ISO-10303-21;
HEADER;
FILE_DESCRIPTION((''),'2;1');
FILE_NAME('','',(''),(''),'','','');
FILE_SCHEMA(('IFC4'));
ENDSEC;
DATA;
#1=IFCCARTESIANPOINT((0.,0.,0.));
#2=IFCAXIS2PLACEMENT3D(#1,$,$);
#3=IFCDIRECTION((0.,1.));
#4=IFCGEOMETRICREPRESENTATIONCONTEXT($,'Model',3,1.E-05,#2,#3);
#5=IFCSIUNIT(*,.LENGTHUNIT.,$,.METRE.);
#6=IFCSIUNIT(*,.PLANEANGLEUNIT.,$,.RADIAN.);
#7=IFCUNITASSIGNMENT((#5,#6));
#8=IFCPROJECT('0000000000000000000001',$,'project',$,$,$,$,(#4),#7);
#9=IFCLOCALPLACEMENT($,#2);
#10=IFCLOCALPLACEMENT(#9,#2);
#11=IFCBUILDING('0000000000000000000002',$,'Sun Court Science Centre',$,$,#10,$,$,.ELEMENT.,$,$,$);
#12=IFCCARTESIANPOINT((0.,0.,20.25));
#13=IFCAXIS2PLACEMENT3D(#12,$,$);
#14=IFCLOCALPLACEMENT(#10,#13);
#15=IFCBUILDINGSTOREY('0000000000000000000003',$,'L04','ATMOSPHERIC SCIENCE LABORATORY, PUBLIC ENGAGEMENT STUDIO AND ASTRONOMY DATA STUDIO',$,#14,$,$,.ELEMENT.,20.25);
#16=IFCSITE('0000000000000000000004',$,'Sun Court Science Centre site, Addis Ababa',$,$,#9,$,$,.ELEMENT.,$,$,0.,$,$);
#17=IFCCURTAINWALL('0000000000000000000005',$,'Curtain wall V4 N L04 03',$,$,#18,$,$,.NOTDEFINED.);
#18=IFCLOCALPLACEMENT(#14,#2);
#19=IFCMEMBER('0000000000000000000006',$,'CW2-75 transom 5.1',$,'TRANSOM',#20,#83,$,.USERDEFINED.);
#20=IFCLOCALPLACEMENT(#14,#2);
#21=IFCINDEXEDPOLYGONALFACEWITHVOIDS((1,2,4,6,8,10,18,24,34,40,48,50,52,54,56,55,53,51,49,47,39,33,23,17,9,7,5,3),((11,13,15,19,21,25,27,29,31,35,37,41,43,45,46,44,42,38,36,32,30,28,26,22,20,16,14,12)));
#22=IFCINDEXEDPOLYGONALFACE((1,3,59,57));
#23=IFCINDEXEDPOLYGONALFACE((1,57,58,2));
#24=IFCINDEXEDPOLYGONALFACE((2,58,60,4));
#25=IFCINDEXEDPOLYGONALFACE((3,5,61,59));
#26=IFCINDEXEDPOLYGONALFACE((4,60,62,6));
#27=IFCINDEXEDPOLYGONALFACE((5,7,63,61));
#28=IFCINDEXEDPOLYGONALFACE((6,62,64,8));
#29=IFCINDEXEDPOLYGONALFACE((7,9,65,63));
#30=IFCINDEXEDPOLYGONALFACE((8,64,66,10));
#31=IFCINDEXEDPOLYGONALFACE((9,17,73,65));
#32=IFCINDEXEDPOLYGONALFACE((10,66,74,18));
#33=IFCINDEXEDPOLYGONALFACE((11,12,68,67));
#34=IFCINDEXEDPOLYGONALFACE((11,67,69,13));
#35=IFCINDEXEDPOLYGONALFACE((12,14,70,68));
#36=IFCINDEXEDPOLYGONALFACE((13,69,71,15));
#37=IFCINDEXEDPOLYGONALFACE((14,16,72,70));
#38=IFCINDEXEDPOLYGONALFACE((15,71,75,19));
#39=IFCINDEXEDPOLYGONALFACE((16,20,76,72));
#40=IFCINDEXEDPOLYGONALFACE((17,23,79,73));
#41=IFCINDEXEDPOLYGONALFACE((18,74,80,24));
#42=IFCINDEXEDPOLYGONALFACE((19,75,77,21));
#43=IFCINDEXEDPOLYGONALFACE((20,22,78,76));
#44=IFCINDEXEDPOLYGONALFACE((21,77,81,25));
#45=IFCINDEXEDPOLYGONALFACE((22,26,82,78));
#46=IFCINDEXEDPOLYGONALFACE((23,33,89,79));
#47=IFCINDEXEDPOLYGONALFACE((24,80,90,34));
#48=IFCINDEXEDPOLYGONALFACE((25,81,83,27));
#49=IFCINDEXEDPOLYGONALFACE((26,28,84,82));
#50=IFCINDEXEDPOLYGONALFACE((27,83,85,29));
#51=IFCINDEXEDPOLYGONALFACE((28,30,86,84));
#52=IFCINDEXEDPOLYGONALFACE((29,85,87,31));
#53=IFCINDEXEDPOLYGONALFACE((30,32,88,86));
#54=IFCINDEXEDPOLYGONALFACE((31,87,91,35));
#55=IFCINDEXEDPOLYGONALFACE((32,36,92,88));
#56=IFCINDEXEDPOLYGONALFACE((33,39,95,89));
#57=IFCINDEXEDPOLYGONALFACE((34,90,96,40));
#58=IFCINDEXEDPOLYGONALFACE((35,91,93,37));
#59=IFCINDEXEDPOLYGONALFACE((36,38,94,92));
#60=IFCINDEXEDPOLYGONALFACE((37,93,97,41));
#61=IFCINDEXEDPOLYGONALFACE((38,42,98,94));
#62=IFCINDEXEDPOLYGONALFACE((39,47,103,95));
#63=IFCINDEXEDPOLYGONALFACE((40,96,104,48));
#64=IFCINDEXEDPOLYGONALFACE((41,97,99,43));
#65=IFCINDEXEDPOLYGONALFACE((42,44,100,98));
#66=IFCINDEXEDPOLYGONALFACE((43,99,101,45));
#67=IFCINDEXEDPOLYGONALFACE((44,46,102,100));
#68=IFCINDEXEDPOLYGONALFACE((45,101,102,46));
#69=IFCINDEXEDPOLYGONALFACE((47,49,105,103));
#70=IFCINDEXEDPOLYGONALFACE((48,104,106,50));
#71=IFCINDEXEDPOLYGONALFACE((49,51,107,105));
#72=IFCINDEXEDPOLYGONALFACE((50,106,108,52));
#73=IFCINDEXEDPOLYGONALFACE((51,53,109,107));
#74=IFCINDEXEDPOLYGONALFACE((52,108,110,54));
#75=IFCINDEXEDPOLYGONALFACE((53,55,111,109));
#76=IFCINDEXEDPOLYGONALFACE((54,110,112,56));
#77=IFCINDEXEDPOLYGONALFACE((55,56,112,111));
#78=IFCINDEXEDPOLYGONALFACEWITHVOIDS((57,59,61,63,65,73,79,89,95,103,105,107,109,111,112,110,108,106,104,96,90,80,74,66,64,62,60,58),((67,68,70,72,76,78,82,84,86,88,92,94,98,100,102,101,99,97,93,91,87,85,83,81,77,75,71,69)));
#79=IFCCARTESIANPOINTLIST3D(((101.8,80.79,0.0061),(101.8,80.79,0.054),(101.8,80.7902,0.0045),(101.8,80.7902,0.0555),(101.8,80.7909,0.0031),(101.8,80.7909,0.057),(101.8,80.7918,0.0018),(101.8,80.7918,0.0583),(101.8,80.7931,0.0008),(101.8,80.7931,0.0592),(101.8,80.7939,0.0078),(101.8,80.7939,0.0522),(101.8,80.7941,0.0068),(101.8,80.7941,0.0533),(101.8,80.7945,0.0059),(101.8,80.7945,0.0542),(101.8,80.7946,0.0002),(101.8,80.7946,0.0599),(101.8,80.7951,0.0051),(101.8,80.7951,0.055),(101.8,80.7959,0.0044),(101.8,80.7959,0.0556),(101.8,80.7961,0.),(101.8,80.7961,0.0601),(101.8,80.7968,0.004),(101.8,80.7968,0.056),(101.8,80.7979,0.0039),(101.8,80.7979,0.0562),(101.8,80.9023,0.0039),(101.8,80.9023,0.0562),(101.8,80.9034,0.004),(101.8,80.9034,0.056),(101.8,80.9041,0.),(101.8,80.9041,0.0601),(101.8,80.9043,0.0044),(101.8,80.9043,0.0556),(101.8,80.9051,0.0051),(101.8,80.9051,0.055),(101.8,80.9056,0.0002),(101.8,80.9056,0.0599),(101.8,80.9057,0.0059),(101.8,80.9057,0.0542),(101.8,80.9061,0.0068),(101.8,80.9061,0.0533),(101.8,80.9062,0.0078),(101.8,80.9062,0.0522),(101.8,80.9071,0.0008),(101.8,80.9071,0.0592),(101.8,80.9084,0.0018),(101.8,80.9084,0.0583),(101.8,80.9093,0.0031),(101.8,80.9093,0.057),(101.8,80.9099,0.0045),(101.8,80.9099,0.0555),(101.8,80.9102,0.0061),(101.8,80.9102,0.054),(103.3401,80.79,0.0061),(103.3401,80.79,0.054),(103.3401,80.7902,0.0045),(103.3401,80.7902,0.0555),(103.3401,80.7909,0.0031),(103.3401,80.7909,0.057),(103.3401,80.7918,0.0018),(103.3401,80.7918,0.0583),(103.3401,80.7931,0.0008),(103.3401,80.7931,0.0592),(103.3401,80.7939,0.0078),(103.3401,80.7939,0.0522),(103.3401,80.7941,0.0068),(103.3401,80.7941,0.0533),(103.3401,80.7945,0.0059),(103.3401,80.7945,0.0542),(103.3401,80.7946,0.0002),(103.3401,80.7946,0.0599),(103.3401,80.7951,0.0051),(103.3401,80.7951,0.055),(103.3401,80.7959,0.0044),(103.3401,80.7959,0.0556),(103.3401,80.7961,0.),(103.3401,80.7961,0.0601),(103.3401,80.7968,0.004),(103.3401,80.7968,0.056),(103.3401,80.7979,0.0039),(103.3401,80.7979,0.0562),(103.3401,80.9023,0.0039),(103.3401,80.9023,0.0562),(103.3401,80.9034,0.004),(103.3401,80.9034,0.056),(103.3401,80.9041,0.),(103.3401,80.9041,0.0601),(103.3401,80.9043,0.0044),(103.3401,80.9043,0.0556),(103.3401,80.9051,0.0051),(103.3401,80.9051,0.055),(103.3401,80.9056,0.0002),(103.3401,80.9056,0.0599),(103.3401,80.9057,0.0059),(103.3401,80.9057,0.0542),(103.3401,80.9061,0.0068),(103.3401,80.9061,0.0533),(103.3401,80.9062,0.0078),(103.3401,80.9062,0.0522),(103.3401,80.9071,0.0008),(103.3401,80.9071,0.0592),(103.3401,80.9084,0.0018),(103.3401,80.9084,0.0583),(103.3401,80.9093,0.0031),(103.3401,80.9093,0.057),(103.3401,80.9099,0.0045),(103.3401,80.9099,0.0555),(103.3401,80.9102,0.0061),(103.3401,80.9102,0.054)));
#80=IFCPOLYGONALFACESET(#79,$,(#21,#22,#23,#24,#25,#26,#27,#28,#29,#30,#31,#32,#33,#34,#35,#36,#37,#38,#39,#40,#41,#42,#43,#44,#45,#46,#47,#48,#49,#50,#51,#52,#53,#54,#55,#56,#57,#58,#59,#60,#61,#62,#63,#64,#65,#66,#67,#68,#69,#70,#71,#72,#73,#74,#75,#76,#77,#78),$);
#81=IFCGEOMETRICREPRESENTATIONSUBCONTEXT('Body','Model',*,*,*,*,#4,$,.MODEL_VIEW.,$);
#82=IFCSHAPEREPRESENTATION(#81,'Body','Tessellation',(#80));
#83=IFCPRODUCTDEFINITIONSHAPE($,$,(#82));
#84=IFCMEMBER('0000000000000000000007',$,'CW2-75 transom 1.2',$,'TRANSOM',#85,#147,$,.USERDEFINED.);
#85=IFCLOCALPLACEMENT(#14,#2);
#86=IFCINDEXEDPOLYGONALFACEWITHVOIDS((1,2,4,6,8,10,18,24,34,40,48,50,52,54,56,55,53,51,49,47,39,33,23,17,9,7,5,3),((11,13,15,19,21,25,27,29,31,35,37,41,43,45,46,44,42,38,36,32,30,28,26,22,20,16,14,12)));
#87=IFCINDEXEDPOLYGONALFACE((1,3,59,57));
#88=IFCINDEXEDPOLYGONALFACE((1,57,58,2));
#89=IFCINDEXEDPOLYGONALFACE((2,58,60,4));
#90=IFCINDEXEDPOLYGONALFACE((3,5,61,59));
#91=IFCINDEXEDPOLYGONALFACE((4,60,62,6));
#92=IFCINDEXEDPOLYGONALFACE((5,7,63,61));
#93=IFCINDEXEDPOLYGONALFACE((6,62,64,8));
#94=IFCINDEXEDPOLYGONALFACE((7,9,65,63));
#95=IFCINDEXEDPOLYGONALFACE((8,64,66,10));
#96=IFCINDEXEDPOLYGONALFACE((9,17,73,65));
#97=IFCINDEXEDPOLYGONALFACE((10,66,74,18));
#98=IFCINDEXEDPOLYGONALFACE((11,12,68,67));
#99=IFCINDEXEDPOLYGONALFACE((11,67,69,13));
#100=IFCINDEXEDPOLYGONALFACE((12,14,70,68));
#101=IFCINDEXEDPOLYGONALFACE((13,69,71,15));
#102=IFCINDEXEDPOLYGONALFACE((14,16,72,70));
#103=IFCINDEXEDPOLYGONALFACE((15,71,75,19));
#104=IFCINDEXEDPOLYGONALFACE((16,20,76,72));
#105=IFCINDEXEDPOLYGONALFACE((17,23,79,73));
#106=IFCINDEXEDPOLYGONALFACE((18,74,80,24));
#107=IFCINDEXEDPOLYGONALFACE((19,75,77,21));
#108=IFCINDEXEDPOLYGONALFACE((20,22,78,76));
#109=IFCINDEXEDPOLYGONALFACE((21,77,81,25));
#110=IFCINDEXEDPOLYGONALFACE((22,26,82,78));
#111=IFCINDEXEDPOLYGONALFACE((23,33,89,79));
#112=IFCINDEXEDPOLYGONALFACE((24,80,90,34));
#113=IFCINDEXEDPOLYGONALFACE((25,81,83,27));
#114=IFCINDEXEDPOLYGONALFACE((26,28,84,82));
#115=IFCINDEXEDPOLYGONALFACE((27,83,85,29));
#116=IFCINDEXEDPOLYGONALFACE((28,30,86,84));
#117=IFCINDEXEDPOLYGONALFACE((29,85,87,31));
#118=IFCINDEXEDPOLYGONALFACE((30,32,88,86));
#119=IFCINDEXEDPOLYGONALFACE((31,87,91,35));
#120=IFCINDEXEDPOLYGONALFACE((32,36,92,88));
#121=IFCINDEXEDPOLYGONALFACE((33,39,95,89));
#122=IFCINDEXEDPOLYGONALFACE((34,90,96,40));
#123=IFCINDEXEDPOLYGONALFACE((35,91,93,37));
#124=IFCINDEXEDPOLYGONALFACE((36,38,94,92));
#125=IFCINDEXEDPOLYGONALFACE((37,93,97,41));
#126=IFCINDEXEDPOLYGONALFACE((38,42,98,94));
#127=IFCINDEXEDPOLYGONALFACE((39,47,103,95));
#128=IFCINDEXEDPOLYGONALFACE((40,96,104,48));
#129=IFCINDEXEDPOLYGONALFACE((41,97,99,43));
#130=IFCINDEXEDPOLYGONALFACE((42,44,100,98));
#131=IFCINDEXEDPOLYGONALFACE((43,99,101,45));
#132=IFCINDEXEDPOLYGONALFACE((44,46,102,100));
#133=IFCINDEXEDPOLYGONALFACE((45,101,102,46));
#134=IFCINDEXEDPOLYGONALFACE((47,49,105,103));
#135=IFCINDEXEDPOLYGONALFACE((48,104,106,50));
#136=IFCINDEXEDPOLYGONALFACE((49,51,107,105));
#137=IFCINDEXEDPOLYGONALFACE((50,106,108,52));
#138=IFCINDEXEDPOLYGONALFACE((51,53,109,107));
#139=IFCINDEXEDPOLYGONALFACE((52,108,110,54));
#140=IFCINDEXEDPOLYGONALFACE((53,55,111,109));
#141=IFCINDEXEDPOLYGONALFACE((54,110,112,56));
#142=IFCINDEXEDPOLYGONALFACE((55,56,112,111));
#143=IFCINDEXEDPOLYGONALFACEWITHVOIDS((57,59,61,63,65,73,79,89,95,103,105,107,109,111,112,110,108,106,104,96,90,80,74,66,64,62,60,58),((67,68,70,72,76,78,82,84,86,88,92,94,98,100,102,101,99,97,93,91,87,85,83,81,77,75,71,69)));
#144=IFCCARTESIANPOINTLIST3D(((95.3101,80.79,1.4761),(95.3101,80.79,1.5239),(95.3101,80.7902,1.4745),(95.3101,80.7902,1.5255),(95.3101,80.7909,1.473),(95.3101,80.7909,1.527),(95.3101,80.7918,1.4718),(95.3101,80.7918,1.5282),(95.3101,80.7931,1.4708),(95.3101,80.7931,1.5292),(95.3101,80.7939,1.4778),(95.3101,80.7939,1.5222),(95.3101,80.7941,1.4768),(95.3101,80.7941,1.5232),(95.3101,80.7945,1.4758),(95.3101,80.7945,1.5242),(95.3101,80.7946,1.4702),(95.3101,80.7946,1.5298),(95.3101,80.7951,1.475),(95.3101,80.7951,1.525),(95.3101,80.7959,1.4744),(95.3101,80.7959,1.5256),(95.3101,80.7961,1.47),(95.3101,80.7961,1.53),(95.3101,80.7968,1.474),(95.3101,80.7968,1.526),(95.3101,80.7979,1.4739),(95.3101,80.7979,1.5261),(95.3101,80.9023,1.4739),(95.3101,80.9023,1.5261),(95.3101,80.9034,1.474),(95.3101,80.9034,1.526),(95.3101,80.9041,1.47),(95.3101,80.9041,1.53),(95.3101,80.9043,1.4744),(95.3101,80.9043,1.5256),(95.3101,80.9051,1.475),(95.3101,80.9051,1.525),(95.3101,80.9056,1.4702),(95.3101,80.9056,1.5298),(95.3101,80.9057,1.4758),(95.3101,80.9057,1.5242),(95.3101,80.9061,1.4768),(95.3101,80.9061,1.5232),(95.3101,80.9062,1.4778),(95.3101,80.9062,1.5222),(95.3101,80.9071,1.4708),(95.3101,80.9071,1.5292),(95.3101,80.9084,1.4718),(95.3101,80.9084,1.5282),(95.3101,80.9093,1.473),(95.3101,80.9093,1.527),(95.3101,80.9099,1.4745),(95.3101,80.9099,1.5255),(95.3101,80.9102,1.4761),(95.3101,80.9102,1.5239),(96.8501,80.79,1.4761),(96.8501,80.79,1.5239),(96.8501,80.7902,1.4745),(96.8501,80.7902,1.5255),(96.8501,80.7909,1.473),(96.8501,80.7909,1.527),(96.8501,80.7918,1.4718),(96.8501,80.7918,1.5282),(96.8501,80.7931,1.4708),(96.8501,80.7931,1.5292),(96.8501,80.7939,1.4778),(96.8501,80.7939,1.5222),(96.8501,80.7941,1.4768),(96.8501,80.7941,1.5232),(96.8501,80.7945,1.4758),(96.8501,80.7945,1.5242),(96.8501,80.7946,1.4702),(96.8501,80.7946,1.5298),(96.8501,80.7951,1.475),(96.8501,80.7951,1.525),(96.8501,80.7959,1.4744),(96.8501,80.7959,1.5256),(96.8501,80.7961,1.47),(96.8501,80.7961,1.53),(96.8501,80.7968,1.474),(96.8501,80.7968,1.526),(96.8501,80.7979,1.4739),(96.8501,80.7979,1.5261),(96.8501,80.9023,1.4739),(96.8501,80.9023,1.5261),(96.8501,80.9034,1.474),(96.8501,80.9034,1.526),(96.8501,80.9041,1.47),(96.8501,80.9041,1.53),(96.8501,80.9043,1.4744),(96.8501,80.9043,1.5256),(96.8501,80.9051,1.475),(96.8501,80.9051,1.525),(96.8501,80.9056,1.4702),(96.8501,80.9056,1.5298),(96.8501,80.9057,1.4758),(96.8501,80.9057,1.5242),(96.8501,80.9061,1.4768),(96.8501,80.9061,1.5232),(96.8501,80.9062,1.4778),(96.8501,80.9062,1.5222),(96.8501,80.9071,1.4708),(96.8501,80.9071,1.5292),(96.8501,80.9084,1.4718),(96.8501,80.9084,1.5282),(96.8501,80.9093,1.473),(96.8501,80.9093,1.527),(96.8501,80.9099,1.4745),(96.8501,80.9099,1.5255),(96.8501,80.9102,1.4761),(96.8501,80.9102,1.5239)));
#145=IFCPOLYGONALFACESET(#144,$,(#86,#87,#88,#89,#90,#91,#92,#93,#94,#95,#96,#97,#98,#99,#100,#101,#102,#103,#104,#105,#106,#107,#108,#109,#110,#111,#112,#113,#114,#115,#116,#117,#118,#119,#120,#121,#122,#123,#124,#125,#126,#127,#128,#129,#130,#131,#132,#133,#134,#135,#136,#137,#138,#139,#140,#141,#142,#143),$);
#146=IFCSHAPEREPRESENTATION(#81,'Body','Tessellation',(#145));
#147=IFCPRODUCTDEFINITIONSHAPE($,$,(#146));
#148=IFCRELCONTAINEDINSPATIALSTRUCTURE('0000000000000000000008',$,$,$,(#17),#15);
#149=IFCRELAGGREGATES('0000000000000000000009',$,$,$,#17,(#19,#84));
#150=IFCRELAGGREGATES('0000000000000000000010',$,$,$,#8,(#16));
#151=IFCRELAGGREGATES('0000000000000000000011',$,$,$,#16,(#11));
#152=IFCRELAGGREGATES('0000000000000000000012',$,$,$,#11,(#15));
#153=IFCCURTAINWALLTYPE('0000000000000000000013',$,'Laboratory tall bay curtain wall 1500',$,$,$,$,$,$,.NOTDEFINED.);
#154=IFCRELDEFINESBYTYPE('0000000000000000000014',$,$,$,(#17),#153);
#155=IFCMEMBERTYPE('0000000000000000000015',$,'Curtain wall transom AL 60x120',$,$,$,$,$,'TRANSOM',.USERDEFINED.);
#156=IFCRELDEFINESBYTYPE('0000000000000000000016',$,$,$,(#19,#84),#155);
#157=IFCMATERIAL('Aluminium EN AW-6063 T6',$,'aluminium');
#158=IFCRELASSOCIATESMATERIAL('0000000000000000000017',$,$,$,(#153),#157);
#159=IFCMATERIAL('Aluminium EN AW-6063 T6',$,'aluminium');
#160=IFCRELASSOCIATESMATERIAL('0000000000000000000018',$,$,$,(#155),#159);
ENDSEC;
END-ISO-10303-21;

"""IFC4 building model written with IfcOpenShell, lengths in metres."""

from ifc_helpers import new_model, si_unit, direction, frame, origin, origin_2d, place, context, subcontext, project, spatial, hollow_rectangle, extrude, material, material_profile, profile_set, type_object, element, aggregate, save


model = new_model("IFC4")

# Units and contexts
model_context = context("Model", 3, precision=1e-05, world=origin(), true_north=direction((0.0, 1.0)))
body_context = subcontext(model_context, "Body", "Model", "MODEL_VIEW")
ifc_project = project(units=[si_unit("LENGTHUNIT", "METRE"), si_unit("PLANEANGLEUNIT", "RADIAN")], contexts=[model_context])

# Site, building, storey
site_placement = place(None, origin())
site = spatial("IfcSite", under=ifc_project, at=site_placement, Name="Sun Court Science Centre site, Addis Ababa", CompositionType="ELEMENT", RefElevation=0.0)
building_placement = place(site_placement, origin())
building = spatial("IfcBuilding", under=site, at=building_placement, Name="Sun Court Science Centre", CompositionType="ELEMENT")
storey_placement = place(building_placement, frame((0.0, 0.0, 20.25)))
storey = spatial("IfcBuildingStorey", under=building, at=storey_placement, Name="L04", Description="ATMOSPHERIC SCIENCE LABORATORY, PUBLIC ENGAGEMENT STUDIO AND ASTRONOMY DATA STUDIO", CompositionType="ELEMENT", Elevation=20.25)

# Curtain wall, members
ifc_material_1 = material(Name="Aluminium EN AW-6063 T6", Category="aluminium")
curtain_wall_type = type_object("IfcCurtainWallType", Name="Laboratory tall bay curtain wall 1500", PredefinedType="NOTDEFINED", material=ifc_material_1)
curtain_wall_placement = place(storey_placement, origin())
curtain_wall = element("IfcCurtainWall", 1, at=curtain_wall_placement, inside=storey, type_object=curtain_wall_type, Name="Curtain wall V4 N L04 03", PredefinedType="NOTDEFINED")
ifc_material_2 = material(Name="Aluminium EN AW-6063 T6", Category="aluminium")
ifc_material_profile_1 = material_profile(ifc_material_2, hollow_rectangle(XDim=0.0601, YDim=0.1201, WallThickness=0.0039, InnerFilletRadius=0.0039, OuterFilletRadius=0.0061, at=origin_2d()), Name="AL 60x120x4")
ifc_profile_set_1 = profile_set([ifc_material_profile_1], Name="Aluminium EN AW-6063 T6")
member_type_1 = type_object("IfcMemberType", Name="Curtain wall transom AL 60x120", ElementType="TRANSOM", PredefinedType="USERDEFINED", material=ifc_profile_set_1)
member_1_placement = place(storey_placement, frame((101.8, 80.8501, 0.03), z_axis=(1.0, 0.0, 0.0), x_axis=(0.0, 0.0, 1.0)))
member_1 = element("IfcMember", 2, at=member_1_placement, type_object=member_type_1, Name="CW2-75 transom 5.1", ObjectType="TRANSOM", PredefinedType="USERDEFINED", context=body_context, shape_type="SweptSolid", body=[
    extrude(hollow_rectangle(XDim=0.0601, YDim=0.1201, WallThickness=0.0039, InnerFilletRadius=0.0039, OuterFilletRadius=0.0061, at=origin_2d()), origin(), (0.0, 0.0, 1.0), 1.54),
])
member_2_placement = place(storey_placement, frame((95.3101, 80.8501, 1.5), z_axis=(1.0, 0.0, 0.0), x_axis=(0.0, 0.0, 1.0)))
member_2 = element("IfcMember", 3, at=member_2_placement, type_object=member_type_1, Name="CW2-75 transom 1.2", ObjectType="TRANSOM", PredefinedType="USERDEFINED", context=body_context, shape_type="SweptSolid", body=[
    extrude(hollow_rectangle(XDim=0.0601, YDim=0.1201, WallThickness=0.0039, InnerFilletRadius=0.0039, OuterFilletRadius=0.0061, at=origin_2d()), origin(), (0.0, 0.0, 1.0), 1.54),
])

aggregate(curtain_wall, [member_1, member_2])

save(model, "model.ifc")
